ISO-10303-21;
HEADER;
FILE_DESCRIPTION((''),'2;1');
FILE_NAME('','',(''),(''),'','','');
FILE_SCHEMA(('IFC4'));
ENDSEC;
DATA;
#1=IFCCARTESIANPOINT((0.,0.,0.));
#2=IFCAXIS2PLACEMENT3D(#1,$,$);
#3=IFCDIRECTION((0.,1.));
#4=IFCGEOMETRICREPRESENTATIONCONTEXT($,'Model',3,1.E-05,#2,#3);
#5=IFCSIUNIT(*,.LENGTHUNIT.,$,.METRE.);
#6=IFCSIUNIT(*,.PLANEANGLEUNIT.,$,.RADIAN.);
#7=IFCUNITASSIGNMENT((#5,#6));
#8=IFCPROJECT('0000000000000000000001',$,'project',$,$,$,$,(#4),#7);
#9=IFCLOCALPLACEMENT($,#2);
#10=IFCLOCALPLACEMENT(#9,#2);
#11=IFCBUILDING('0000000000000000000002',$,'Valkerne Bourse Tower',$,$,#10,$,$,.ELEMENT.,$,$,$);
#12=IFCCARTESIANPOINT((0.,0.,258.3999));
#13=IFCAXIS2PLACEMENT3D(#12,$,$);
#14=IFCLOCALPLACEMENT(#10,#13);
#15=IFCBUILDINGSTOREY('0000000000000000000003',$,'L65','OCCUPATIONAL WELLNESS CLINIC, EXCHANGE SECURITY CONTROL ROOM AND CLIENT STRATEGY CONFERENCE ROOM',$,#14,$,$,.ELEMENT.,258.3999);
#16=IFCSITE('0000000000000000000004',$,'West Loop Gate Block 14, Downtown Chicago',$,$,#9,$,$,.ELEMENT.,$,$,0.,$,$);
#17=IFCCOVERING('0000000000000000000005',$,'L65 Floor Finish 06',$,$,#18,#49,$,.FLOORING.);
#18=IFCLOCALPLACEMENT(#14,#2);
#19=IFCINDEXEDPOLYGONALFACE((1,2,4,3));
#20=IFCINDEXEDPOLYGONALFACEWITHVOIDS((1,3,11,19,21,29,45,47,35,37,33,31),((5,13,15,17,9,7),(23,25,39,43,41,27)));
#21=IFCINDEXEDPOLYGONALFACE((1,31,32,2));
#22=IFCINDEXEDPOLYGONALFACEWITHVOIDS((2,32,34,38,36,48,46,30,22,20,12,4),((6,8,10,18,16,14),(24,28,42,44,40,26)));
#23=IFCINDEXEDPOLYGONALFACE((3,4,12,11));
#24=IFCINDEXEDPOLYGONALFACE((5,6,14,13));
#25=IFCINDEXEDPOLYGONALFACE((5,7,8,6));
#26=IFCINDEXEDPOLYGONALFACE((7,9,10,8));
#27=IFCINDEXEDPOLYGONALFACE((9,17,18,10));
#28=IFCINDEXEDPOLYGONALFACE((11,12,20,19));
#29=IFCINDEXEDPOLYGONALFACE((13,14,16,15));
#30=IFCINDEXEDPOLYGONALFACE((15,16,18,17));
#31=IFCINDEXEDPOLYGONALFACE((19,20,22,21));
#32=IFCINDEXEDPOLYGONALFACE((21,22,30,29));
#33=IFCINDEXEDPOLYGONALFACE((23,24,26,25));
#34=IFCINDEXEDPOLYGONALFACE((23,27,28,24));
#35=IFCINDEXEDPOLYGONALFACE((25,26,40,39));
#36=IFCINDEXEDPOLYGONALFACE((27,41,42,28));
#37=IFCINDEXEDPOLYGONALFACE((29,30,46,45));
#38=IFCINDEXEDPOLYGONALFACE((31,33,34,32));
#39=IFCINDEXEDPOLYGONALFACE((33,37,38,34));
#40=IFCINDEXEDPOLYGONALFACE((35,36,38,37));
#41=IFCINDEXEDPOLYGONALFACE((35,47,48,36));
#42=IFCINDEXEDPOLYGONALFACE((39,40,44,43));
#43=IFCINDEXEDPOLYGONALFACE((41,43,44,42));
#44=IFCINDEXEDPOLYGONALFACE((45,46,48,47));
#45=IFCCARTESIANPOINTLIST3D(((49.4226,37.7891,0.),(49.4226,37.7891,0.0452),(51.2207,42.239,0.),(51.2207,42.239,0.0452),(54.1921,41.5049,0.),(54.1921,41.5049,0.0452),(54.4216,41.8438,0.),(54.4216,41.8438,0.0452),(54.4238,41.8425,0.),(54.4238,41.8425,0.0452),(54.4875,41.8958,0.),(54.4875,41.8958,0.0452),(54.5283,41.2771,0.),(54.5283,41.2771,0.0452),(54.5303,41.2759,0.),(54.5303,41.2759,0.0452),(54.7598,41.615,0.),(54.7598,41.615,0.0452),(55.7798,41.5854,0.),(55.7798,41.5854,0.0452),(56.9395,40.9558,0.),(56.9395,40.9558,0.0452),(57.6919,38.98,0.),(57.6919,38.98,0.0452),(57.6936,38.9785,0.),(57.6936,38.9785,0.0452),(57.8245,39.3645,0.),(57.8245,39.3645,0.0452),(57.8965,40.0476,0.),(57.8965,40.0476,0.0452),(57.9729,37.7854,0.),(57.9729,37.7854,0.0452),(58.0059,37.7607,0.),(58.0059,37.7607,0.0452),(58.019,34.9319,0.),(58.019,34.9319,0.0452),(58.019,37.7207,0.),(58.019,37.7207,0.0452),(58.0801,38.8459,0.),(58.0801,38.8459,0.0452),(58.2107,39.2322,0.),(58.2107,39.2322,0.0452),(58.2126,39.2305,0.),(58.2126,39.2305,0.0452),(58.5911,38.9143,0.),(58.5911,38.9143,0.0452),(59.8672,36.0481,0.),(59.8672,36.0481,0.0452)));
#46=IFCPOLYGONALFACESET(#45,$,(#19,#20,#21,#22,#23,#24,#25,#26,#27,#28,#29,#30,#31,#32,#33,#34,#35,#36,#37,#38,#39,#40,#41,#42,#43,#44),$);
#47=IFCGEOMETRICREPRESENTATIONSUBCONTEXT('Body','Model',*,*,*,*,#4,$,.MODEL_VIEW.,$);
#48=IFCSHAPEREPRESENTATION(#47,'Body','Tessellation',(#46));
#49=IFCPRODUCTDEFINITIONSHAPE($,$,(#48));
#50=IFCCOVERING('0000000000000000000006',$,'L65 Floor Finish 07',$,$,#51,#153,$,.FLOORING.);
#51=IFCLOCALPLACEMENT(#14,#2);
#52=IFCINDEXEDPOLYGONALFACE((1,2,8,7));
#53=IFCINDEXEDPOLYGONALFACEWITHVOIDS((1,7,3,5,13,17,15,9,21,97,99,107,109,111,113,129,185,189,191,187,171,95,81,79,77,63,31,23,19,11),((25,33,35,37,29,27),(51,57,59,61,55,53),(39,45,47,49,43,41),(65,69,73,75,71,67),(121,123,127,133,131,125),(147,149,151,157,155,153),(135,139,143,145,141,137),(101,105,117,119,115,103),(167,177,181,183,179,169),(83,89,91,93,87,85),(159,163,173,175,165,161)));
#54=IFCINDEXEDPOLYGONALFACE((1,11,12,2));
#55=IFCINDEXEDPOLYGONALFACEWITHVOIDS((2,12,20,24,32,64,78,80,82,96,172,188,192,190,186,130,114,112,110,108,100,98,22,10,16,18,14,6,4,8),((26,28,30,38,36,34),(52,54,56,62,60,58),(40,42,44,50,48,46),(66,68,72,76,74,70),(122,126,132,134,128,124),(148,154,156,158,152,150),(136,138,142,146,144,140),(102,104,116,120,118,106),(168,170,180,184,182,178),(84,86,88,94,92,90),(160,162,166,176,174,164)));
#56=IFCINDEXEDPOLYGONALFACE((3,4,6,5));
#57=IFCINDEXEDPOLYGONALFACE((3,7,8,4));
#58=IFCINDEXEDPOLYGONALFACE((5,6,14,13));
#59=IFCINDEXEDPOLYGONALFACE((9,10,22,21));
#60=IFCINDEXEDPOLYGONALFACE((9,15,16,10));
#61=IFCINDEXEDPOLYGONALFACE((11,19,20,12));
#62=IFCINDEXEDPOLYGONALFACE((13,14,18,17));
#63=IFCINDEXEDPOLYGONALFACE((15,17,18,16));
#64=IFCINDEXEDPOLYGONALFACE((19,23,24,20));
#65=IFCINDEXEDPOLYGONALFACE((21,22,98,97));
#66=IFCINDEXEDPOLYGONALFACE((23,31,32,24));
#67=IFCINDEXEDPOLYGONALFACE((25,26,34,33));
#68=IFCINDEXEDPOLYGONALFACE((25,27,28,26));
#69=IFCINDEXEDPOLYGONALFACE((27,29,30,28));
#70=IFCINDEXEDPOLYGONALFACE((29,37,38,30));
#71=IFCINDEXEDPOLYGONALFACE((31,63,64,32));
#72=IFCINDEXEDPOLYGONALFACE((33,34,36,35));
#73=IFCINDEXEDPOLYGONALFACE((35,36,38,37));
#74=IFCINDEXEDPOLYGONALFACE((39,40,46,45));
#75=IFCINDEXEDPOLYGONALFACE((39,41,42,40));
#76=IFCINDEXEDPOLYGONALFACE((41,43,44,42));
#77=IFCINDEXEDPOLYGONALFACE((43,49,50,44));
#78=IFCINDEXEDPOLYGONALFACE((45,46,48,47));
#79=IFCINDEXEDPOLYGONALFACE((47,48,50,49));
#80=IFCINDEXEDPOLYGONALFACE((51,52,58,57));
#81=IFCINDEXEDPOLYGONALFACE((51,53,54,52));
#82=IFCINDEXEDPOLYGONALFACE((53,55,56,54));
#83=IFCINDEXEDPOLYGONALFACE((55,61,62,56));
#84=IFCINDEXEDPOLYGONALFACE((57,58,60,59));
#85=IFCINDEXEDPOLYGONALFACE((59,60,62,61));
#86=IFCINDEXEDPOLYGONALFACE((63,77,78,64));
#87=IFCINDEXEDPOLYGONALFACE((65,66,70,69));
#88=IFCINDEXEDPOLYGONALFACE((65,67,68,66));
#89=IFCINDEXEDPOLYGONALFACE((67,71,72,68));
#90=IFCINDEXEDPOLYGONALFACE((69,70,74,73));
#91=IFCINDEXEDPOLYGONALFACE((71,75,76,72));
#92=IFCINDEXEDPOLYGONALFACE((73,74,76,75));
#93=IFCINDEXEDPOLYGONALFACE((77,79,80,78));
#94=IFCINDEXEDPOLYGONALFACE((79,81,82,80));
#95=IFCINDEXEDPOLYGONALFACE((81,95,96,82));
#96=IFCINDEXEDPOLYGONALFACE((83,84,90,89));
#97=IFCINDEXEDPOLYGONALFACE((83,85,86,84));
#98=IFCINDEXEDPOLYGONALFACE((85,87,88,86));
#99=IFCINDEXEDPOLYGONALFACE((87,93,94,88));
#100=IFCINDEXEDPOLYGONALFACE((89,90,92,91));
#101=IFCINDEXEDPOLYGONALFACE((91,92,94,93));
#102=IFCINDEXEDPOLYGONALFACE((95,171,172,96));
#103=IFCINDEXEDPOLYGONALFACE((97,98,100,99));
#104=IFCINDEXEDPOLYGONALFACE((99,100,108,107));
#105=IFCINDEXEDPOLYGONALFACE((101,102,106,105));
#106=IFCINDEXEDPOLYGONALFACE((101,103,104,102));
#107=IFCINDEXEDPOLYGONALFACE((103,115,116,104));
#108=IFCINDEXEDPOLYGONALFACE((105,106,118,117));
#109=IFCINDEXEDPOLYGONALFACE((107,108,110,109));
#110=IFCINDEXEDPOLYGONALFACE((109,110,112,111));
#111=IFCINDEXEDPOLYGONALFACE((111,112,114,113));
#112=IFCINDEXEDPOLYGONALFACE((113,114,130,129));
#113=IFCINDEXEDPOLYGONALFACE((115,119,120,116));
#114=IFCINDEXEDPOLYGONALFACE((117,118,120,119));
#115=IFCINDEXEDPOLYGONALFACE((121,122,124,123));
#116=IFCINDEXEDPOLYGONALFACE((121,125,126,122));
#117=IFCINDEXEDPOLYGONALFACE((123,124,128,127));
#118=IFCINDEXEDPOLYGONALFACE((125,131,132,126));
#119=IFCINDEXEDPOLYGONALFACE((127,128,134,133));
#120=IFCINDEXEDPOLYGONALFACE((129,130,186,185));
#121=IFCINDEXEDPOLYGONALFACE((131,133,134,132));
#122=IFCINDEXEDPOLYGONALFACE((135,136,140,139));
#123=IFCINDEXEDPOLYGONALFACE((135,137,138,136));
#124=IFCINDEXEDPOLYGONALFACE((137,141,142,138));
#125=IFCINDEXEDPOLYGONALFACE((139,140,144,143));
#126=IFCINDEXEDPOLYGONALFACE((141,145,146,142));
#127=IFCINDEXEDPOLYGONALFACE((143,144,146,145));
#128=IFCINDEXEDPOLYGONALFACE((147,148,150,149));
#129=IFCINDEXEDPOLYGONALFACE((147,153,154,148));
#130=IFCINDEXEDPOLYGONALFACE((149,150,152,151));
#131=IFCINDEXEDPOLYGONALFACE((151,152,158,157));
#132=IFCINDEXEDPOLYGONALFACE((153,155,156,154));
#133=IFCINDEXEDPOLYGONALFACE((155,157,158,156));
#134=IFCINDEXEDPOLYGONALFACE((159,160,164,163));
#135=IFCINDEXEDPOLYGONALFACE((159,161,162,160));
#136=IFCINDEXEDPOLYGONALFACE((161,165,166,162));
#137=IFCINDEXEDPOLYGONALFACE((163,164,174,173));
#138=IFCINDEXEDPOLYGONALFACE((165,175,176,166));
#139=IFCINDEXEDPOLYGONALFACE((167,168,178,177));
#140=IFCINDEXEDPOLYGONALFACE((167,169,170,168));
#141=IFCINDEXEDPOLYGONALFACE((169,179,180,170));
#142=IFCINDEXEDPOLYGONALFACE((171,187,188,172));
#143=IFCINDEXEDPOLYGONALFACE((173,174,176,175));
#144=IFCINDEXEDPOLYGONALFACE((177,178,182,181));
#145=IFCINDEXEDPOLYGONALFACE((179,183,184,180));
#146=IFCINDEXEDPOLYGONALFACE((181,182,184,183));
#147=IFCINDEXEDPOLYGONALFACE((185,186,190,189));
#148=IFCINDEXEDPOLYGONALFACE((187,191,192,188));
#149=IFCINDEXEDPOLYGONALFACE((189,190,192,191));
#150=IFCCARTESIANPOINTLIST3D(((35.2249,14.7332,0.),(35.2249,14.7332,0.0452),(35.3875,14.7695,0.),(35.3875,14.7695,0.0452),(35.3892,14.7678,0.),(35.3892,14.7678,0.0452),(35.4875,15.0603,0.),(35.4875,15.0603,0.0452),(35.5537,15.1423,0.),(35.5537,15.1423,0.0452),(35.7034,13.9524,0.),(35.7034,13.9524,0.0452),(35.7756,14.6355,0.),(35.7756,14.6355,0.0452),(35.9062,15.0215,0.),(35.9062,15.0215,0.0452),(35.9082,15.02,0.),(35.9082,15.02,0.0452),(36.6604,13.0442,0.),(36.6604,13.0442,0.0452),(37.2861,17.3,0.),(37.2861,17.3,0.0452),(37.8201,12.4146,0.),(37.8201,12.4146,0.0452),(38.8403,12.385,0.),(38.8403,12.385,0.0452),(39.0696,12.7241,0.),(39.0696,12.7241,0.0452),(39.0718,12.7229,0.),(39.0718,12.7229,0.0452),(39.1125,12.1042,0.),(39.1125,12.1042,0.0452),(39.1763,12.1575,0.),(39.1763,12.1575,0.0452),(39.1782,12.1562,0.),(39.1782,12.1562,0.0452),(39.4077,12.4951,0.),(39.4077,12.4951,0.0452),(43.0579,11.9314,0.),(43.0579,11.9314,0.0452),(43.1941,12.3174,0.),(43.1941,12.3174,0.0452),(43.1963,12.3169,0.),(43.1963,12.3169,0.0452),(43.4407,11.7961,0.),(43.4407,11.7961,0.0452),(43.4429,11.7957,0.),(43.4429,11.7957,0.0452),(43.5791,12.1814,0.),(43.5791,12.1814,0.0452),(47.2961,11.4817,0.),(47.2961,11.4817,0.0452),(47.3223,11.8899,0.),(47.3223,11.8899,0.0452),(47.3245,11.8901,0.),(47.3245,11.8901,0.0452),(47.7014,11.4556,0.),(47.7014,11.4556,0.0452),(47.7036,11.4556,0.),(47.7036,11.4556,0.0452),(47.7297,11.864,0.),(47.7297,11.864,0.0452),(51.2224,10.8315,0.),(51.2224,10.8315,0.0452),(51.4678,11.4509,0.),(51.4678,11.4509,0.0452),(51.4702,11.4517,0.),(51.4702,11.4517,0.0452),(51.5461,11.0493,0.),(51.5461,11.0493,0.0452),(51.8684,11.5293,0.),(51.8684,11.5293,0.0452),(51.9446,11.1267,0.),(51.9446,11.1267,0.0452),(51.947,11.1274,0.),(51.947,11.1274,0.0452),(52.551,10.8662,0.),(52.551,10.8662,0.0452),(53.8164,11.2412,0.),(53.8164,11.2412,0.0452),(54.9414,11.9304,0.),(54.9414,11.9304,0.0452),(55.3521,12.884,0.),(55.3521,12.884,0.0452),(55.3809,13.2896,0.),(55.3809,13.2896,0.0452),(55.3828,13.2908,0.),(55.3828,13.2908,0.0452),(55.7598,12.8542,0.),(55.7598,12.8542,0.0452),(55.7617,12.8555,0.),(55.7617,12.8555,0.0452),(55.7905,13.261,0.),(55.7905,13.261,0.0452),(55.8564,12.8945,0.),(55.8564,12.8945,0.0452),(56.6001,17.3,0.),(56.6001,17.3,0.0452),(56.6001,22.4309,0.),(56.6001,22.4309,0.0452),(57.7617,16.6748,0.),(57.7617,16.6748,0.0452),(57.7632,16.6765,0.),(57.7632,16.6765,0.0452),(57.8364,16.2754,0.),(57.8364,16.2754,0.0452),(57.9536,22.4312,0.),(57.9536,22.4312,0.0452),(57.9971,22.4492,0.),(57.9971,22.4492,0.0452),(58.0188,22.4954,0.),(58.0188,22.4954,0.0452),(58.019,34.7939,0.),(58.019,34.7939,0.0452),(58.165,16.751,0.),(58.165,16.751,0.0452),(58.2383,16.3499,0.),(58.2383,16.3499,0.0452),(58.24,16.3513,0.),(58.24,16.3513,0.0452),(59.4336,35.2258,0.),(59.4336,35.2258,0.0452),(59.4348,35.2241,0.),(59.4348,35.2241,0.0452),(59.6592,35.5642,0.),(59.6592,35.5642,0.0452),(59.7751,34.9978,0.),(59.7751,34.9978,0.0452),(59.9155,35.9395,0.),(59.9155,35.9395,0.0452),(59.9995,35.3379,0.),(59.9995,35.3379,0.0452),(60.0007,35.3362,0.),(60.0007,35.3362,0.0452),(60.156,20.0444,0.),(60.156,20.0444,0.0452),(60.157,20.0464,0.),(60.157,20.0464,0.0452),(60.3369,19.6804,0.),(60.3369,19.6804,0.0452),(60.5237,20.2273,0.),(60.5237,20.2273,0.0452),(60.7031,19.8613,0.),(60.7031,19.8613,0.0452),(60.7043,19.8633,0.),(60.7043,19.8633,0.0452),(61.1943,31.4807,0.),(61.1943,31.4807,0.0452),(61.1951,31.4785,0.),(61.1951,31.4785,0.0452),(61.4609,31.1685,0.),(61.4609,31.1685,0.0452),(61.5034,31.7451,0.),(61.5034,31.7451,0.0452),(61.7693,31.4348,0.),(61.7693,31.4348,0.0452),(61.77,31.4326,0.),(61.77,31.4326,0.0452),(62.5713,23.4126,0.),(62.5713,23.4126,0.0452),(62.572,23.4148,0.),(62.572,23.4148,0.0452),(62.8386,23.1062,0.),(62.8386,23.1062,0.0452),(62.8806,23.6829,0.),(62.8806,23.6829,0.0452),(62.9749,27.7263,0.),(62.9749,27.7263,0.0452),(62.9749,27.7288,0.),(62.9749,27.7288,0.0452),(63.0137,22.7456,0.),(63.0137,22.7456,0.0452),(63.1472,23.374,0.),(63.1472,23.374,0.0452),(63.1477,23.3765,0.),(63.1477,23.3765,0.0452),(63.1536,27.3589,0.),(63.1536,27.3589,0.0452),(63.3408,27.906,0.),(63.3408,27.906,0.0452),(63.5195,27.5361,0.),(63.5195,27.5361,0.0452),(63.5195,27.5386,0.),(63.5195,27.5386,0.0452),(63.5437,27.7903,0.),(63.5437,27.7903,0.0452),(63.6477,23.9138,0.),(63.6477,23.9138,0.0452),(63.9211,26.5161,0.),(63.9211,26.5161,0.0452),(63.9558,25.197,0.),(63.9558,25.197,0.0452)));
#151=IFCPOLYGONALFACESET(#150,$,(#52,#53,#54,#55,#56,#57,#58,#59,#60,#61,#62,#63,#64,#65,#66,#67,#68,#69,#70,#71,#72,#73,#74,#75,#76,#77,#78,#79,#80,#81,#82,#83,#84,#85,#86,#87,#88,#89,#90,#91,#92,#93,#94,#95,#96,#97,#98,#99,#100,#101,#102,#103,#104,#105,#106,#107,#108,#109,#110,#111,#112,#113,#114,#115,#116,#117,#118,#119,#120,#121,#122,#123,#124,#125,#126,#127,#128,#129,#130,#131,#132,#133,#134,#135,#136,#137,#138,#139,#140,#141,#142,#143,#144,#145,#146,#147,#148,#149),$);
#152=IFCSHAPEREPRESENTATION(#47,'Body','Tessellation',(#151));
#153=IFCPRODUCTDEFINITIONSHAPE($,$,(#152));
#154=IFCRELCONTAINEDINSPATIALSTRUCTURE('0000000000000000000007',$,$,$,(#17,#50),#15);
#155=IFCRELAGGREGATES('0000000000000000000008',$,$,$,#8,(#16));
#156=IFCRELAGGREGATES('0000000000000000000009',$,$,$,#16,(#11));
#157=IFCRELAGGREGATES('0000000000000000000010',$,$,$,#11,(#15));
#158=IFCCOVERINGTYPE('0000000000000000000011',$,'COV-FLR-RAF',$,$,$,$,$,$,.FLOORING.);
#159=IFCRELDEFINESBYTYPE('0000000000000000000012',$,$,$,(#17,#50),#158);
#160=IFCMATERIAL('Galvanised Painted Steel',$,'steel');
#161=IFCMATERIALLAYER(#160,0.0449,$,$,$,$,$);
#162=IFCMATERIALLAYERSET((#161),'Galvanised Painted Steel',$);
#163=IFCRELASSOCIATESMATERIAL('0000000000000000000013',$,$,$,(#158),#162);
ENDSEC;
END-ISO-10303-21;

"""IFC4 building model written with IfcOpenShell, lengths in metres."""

from ifc_helpers import new_model, si_unit, direction, frame, origin, place, context, subcontext, project, spatial, polyline, outline, extrude, material, layer, layer_set, type_object, element, save


model = new_model("IFC4")

# Units and contexts
model_context = context("Model", 3, precision=1e-05, world=origin(), true_north=direction((0.0, 1.0)))
body_context = subcontext(model_context, "Body", "Model", "MODEL_VIEW")
ifc_project = project(units=[si_unit("LENGTHUNIT", "METRE"), si_unit("PLANEANGLEUNIT", "RADIAN")], contexts=[model_context])

# Site, building, storey
site_placement = place(None, origin())
site = spatial("IfcSite", under=ifc_project, at=site_placement, Name="West Loop Gate Block 14, Downtown Chicago", CompositionType="ELEMENT", RefElevation=0.0)
building_placement = place(site_placement, origin())
building = spatial("IfcBuilding", under=site, at=building_placement, Name="Valkerne Bourse Tower", CompositionType="ELEMENT")
storey_placement = place(building_placement, frame((0.0, 0.0, 258.3999)))
storey = spatial("IfcBuildingStorey", under=building, at=storey_placement, Name="L65", Description="OCCUPATIONAL WELLNESS CLINIC, EXCHANGE SECURITY CONTROL ROOM AND CLIENT STRATEGY CONFERENCE ROOM", CompositionType="ELEMENT", Elevation=258.3999)

# Coverings
ifc_material_1 = material(Name="Galvanised Painted Steel", Category="steel")
ifc_layer_1 = layer(ifc_material_1, 0.0449)
ifc_layer_set_1 = layer_set([ifc_layer_1], Name="Galvanised Painted Steel")
covering_type_1 = type_object("IfcCoveringType", Name="COV-FLR-RAF", PredefinedType="FLOORING", material=ifc_layer_set_1)
covering_1_placement = place(storey_placement, origin())
element("IfcCovering", 1, at=covering_1_placement, inside=storey, type_object=covering_type_1, Name="L65 Floor Finish 06", PredefinedType="FLOORING", context=body_context, shape_type="SweptSolid", body=[
    extrude(outline(polyline([(56.9395, 40.9558), (57.8965, 40.0476), (58.5911, 38.9143), (59.8672, 36.0481), (58.019, 34.9319), (58.019, 37.7207), (58.0059, 37.7607), (57.9729, 37.7854), (49.4226, 37.7891), (51.2207, 42.239), (54.4875, 41.8958), (55.7798, 41.5854), (56.9395, 40.9558)]), holes=[polyline([(58.2107, 39.2322), (57.8245, 39.3645), (57.6919, 38.98), (57.6936, 38.9785), (58.0801, 38.8459), (58.2126, 39.2305), (58.2107, 39.2322)]), polyline([(54.4238, 41.8425), (54.4216, 41.8438), (54.1921, 41.5049), (54.5283, 41.2771), (54.5303, 41.2759), (54.7598, 41.615), (54.4238, 41.8425)])]), origin(), (0.0, 0.0, 1.0), 0.0452),
])
covering_2_placement = place(storey_placement, origin())
element("IfcCovering", 2, at=covering_2_placement, inside=storey, type_object=covering_type_1, Name="L65 Floor Finish 07", PredefinedType="FLOORING", context=body_context, shape_type="SweptSolid", body=[
    extrude(outline(polyline([(63.6477, 23.9138), (63.0137, 22.7456), (55.8564, 12.8945), (54.9414, 11.9304), (53.8164, 11.2412), (52.551, 10.8662), (51.2224, 10.8315), (39.1125, 12.1042), (37.8201, 12.4146), (36.6604, 13.0442), (35.7034, 13.9524), (35.2249, 14.7332), (35.4875, 15.0603), (35.3875, 14.7695), (35.3892, 14.7678), (35.7756, 14.6355), (35.9082, 15.02), (35.9062, 15.0215), (35.5537, 15.1423), (37.2861, 17.3), (56.6001, 17.3), (56.6001, 22.4309), (57.9536, 22.4312), (57.9971, 22.4492), (58.0188, 22.4954), (58.019, 34.7939), (59.9155, 35.9395), (63.5437, 27.7903), (63.9211, 26.5161), (63.9558, 25.197), (63.6477, 23.9138)]), holes=[polyline([(43.1963, 12.3169), (43.1941, 12.3174), (43.0579, 11.9314), (43.4407, 11.7961), (43.4429, 11.7957), (43.5791, 12.1814), (43.1963, 12.3169)]), polyline([(39.0718, 12.7229), (39.0696, 12.7241), (38.8403, 12.385), (39.1763, 12.1575), (39.1782, 12.1562), (39.4077, 12.4951), (39.0718, 12.7229)]), polyline([(51.947, 11.1274), (51.8684, 11.5293), (51.4702, 11.4517), (51.4678, 11.4509), (51.5461, 11.0493), (51.9446, 11.1267), (51.947, 11.1274)]), polyline([(47.7297, 11.864), (47.3245, 11.8901), (47.3223, 11.8899), (47.2961, 11.4817), (47.7014, 11.4556), (47.7036, 11.4556), (47.7297, 11.864)]), polyline([(55.7905, 13.261), (55.3828, 13.2908), (55.3809, 13.2896), (55.3521, 12.884), (55.7598, 12.8542), (55.7617, 12.8555), (55.7905, 13.261)]), polyline([(58.24, 16.3513), (58.165, 16.751), (57.7632, 16.6765), (57.7617, 16.6748), (57.8364, 16.2754), (58.2383, 16.3499), (58.24, 16.3513)]), polyline([(60.7043, 19.8633), (60.5237, 20.2273), (60.157, 20.0464), (60.156, 20.0444), (60.3369, 19.6804), (60.7031, 19.8613), (60.7043, 19.8633)]), polyline([(63.1477, 23.3765), (62.8806, 23.6829), (62.572, 23.4148), (62.5713, 23.4126), (62.8386, 23.1062), (63.1472, 23.374), (63.1477, 23.3765)]), polyline([(63.5195, 27.5386), (63.3408, 27.906), (62.9749, 27.7288), (62.9749, 27.7263), (63.1536, 27.3589), (63.5195, 27.5361), (63.5195, 27.5386)]), polyline([(61.7693, 31.4348), (61.5034, 31.7451), (61.1943, 31.4807), (61.1951, 31.4785), (61.4609, 31.1685), (61.77, 31.4326), (61.7693, 31.4348)]), polyline([(59.9995, 35.3379), (59.6592, 35.5642), (59.4336, 35.2258), (59.4348, 35.2241), (59.7751, 34.9978), (60.0007, 35.3362), (59.9995, 35.3379)])]), origin(), (0.0, 0.0, 1.0), 0.0452),
])

save(model, "model.ifc")
